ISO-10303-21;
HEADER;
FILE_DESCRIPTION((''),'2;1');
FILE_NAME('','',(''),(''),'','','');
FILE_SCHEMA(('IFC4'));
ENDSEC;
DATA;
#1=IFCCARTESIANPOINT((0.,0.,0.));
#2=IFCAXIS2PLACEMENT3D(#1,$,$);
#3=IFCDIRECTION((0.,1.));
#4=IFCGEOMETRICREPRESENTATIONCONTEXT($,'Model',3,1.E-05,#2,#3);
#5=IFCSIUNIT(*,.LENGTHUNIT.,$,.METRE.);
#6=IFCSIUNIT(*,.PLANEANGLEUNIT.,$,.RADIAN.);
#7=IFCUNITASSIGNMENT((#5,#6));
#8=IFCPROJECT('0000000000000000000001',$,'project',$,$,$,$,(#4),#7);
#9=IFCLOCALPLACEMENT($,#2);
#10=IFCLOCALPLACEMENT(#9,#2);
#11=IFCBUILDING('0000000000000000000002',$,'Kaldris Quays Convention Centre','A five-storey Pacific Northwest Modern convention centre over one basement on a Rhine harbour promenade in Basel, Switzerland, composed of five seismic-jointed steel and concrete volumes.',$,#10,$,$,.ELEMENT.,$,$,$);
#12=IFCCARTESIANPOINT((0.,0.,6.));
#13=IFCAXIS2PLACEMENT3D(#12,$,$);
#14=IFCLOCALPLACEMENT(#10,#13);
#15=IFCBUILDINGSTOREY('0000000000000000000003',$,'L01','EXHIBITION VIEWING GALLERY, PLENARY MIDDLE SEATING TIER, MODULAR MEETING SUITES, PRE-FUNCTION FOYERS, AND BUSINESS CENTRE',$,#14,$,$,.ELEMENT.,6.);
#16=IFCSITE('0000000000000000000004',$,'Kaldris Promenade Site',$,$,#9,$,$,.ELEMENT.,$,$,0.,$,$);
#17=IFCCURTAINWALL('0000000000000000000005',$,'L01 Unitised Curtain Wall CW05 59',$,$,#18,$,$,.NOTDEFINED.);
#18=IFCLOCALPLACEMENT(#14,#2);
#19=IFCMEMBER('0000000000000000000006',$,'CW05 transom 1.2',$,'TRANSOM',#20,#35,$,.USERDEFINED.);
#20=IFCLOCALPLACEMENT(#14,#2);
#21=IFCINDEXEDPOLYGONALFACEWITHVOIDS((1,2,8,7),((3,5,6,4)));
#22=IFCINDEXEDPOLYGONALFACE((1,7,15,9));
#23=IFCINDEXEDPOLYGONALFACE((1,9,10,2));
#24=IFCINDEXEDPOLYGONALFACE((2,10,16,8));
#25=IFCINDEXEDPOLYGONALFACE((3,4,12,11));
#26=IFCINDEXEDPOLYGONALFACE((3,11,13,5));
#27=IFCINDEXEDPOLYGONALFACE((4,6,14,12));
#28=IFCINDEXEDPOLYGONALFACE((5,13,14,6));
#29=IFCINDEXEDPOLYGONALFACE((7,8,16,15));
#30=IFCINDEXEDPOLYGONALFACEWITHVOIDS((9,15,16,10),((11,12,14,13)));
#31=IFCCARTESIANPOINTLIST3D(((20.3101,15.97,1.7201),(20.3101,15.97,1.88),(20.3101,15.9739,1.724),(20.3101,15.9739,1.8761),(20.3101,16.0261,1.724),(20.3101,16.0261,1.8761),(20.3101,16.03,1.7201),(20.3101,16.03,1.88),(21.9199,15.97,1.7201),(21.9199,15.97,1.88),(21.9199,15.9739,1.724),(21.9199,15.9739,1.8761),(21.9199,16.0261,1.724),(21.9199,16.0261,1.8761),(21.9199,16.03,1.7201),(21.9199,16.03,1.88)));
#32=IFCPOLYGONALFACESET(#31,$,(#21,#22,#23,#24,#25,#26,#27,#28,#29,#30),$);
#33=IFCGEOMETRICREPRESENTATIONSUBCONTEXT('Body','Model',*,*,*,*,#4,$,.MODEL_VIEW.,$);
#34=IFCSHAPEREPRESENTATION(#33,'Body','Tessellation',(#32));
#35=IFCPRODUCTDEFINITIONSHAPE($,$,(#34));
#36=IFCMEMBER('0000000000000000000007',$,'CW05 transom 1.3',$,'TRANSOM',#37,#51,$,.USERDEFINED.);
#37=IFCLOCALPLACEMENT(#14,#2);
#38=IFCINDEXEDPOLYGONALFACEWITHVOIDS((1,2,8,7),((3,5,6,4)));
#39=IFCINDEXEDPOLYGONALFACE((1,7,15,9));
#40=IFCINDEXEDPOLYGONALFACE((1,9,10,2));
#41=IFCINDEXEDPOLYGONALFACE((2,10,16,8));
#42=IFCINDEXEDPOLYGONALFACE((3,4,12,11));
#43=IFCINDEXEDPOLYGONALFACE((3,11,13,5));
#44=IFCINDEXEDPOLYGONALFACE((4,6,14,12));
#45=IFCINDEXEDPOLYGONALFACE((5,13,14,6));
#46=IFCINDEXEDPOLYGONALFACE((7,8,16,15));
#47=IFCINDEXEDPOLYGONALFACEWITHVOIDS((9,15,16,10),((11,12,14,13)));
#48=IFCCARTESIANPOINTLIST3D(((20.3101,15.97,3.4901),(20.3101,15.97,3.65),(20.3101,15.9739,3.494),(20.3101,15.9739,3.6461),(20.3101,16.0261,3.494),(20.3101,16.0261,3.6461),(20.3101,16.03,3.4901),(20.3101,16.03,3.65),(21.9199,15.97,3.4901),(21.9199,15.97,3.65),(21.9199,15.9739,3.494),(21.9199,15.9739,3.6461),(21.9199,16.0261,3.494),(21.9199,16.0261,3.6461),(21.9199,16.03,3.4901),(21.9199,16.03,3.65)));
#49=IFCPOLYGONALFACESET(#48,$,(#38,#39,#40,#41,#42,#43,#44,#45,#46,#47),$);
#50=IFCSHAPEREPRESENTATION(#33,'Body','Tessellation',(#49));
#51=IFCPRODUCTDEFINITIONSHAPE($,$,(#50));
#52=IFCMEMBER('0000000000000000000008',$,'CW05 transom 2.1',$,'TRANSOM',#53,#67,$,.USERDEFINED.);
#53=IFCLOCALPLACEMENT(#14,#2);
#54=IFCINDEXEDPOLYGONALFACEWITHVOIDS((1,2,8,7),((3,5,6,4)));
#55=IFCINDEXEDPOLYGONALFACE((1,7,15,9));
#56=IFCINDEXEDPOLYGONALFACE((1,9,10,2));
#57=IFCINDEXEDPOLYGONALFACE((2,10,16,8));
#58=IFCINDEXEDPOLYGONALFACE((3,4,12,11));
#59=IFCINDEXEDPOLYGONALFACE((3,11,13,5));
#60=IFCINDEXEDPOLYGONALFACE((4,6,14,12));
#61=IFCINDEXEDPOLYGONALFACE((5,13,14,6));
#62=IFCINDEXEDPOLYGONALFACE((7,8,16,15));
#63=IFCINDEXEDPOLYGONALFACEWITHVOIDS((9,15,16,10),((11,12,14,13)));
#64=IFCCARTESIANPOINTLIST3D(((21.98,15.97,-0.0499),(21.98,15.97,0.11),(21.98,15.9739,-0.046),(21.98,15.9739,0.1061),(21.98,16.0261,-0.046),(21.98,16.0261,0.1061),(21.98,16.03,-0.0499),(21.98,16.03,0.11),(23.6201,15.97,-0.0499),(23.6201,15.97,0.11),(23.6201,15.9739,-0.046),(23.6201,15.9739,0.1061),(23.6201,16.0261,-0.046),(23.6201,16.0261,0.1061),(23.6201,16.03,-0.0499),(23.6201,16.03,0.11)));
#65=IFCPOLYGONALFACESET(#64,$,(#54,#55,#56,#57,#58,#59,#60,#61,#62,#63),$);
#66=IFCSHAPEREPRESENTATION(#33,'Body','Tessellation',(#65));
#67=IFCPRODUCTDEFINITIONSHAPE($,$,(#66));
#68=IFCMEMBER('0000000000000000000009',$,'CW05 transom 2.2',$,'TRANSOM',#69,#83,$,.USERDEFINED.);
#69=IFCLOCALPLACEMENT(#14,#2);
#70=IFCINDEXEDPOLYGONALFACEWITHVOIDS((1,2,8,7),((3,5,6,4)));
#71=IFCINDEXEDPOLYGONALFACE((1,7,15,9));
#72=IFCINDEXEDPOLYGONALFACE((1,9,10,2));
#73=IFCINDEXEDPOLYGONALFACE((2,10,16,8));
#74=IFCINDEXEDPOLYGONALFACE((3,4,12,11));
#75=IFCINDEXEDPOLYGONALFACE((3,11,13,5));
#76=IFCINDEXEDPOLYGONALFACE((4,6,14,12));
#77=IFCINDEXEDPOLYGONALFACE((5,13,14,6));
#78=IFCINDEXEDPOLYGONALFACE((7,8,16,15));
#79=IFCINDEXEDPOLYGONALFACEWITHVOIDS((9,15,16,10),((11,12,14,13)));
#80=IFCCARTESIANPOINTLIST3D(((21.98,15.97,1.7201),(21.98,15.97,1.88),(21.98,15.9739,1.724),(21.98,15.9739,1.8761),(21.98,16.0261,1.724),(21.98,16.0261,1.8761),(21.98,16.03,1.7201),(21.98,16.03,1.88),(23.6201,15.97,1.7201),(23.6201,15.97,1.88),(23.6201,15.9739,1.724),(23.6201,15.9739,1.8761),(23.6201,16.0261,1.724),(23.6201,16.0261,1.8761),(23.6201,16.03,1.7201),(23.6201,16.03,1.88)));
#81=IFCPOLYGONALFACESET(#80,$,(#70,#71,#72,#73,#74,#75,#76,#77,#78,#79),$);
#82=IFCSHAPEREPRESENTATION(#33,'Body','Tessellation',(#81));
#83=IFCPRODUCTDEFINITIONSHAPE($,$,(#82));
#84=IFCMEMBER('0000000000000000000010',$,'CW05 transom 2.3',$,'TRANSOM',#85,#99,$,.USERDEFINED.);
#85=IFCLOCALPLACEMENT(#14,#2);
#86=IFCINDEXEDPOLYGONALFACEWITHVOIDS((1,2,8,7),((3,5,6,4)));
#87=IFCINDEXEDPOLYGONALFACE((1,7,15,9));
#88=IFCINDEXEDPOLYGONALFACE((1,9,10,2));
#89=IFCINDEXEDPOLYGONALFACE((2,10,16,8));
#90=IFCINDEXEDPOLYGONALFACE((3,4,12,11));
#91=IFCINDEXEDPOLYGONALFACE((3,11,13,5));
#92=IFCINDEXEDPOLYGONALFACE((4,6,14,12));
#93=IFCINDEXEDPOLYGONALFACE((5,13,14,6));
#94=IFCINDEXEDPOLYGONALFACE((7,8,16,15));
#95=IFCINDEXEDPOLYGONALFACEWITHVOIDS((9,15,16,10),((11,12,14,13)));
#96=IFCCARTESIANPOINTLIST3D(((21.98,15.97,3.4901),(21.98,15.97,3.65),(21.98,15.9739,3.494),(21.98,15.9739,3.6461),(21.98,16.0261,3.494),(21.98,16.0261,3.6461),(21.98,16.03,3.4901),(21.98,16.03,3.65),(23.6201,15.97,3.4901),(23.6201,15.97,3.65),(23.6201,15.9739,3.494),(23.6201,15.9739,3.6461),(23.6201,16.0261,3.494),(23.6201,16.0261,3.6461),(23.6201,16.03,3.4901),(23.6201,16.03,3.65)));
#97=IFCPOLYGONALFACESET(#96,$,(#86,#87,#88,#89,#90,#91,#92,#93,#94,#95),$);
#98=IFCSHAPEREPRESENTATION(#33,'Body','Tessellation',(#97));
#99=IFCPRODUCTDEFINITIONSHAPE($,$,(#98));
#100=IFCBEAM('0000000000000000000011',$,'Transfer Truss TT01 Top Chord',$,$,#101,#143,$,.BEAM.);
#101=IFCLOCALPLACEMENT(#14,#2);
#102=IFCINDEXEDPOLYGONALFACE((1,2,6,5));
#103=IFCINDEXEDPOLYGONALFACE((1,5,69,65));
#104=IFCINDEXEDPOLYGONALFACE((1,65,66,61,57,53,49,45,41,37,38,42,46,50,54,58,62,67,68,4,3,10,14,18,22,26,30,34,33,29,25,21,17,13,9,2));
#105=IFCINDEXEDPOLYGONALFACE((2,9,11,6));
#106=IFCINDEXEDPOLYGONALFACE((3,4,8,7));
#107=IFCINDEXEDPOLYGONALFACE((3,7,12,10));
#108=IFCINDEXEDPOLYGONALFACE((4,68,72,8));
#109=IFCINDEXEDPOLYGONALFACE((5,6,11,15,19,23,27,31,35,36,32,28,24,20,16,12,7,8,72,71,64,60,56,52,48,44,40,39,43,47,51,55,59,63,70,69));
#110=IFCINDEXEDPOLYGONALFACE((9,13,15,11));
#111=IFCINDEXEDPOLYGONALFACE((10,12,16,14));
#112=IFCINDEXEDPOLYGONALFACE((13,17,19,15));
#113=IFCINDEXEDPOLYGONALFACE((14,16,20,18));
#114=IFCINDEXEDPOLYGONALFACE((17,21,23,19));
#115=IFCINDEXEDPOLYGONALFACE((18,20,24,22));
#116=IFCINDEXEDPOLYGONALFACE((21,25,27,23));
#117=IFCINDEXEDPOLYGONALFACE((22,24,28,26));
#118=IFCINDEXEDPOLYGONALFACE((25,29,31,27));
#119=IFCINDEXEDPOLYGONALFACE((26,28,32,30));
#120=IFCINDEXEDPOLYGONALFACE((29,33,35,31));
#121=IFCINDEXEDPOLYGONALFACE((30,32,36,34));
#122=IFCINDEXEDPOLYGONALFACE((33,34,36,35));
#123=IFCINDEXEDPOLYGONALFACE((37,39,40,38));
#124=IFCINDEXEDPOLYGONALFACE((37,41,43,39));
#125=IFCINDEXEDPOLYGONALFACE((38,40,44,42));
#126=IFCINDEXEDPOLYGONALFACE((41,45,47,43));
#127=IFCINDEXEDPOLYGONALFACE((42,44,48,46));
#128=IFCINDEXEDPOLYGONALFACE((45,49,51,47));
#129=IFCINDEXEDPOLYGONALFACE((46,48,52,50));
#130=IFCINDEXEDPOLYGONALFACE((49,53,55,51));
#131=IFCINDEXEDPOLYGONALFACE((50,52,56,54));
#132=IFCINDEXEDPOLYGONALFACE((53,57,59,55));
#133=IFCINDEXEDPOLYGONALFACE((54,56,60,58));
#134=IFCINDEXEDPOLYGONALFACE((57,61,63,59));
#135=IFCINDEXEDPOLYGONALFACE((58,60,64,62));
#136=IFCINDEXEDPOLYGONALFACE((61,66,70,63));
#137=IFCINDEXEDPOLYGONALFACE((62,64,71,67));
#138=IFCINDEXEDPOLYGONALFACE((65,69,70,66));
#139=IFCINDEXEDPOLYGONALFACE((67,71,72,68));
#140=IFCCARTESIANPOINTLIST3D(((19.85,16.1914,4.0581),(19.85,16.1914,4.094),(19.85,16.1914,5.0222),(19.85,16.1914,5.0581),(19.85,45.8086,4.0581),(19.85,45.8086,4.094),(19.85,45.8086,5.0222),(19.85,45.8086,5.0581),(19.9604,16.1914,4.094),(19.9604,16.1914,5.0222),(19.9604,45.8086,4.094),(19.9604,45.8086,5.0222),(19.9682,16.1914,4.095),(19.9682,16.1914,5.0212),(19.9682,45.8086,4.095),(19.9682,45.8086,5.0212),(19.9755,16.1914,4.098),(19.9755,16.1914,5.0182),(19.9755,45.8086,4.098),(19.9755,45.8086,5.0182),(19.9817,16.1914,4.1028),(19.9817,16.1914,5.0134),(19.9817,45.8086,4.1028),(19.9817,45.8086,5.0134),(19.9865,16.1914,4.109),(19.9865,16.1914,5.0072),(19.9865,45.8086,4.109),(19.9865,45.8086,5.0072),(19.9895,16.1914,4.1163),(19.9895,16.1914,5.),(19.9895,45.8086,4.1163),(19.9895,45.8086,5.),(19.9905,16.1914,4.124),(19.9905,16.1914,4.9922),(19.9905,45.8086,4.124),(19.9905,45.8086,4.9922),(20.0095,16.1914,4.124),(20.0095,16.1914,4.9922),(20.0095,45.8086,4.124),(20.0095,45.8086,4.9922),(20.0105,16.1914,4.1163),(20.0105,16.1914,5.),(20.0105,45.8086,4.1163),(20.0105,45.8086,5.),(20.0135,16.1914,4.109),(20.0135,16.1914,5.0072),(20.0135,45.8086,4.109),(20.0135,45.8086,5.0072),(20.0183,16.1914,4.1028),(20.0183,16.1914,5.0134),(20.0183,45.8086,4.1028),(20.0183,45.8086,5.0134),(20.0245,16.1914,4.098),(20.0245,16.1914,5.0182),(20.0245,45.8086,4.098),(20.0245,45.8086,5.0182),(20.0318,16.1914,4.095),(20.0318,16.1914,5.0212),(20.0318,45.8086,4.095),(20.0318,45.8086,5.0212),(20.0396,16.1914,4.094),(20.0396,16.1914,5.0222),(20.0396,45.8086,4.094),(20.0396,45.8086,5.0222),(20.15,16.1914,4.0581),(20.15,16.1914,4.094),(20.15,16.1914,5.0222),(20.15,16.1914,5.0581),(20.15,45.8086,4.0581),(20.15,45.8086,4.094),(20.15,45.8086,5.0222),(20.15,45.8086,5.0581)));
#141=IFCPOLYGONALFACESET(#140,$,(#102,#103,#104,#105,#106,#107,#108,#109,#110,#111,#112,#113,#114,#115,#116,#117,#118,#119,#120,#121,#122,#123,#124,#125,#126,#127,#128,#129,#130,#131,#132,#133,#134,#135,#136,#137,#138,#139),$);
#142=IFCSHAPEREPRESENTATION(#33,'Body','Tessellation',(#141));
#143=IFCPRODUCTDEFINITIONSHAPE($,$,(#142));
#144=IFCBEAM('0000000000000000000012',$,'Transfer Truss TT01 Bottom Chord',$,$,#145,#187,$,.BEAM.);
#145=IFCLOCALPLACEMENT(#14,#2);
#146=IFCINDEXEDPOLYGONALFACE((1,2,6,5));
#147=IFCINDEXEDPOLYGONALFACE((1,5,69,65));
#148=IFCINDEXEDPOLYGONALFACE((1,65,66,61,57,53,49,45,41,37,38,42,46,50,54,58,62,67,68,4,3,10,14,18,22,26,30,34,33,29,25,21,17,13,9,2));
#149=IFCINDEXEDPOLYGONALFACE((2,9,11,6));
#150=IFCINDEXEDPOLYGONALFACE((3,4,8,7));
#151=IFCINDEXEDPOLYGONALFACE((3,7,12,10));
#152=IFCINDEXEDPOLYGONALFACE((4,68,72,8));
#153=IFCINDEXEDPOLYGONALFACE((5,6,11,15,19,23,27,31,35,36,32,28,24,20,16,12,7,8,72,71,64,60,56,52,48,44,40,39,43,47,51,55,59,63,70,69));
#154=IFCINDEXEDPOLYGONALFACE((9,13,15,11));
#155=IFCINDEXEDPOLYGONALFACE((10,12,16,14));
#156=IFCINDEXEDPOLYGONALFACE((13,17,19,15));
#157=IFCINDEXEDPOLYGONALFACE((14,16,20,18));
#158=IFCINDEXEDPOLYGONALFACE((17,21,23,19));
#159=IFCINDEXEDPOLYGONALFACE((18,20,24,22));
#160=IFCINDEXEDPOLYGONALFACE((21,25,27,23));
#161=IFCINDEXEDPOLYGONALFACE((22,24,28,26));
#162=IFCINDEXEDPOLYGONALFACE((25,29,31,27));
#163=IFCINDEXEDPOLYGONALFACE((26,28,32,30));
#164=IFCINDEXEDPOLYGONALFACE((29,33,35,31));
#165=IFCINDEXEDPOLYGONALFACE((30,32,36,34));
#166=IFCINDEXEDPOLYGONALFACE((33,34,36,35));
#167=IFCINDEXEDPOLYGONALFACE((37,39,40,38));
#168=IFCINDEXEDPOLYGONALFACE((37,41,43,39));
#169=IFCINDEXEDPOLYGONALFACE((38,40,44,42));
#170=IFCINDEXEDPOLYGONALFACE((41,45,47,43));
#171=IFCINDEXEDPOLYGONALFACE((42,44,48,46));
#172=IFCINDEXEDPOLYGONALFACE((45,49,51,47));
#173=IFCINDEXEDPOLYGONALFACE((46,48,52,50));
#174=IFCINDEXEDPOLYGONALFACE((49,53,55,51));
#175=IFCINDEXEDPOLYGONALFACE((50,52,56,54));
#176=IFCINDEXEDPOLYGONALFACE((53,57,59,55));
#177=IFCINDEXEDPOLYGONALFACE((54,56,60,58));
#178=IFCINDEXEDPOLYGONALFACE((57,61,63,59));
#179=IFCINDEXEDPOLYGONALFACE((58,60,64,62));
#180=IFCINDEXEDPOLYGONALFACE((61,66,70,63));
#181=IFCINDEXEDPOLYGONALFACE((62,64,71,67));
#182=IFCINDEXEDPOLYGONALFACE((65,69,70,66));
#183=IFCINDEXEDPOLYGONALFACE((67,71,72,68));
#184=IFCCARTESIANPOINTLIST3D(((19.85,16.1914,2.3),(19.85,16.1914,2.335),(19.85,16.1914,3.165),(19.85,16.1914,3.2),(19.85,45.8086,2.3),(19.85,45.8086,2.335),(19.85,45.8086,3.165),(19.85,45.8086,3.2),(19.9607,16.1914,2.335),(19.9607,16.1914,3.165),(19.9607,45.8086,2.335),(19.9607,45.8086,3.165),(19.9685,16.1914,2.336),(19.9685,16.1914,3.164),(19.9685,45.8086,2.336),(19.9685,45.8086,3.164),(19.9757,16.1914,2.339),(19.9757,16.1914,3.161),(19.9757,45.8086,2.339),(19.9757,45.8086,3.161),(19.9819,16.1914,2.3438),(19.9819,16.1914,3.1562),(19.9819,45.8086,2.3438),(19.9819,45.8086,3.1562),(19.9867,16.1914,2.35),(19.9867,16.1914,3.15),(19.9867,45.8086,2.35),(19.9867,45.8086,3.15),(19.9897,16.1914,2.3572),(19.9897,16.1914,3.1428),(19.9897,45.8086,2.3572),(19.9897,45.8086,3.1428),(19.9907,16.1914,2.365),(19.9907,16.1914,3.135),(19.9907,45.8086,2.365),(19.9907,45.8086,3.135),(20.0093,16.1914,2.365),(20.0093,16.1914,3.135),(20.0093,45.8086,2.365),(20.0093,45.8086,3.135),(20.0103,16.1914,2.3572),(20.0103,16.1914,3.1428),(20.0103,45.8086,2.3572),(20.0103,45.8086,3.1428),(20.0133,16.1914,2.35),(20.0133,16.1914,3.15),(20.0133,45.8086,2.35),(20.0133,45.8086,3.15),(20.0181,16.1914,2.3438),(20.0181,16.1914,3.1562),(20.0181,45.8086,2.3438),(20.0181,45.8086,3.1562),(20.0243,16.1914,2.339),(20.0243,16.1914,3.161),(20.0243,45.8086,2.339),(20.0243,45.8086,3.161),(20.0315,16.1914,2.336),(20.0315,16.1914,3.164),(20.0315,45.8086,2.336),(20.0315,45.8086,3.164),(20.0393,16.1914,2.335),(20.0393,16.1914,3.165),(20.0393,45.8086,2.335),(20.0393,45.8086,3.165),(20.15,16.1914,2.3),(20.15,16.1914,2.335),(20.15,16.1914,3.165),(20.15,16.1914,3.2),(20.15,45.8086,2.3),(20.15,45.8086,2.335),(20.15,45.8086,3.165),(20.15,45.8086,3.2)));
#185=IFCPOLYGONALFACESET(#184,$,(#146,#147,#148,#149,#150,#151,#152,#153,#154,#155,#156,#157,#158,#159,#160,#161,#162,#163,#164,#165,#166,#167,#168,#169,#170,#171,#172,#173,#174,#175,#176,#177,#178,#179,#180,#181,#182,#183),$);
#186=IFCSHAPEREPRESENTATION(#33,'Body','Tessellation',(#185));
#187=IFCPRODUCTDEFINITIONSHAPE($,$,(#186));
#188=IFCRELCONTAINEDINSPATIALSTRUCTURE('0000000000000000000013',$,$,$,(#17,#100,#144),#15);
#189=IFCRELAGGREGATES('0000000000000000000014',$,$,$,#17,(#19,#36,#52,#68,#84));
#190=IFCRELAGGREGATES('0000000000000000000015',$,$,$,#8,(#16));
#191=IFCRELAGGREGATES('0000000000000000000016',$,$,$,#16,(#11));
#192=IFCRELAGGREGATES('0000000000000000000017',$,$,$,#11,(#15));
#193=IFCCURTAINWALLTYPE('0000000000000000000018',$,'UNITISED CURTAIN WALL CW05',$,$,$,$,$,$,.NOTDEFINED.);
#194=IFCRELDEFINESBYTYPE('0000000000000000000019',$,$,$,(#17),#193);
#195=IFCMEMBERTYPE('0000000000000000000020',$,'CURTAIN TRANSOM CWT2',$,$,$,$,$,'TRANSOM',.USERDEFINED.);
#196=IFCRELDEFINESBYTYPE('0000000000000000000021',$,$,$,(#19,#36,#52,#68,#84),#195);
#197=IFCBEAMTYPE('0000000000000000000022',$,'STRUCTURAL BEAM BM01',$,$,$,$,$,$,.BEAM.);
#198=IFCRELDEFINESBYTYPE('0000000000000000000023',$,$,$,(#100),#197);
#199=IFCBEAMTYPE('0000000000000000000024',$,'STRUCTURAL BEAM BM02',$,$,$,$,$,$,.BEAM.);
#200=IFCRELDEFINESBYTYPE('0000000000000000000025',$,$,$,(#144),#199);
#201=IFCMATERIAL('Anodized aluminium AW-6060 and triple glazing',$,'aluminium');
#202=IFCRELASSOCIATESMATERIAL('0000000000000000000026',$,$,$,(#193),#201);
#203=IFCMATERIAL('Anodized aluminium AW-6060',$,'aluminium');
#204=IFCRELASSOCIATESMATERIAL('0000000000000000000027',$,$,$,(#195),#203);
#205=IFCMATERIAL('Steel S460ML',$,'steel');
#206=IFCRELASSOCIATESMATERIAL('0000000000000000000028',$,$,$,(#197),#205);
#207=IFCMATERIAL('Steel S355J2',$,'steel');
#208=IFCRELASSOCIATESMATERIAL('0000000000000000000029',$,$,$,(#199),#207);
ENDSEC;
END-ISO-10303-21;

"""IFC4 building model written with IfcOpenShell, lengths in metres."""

from ifc_helpers import new_model, si_unit, direction, frame, origin, origin_2d, place, context, subcontext, project, spatial, hollow_rectangle, i_section, extrude, material, material_profile, profile_set, type_object, element, aggregate, save


model = new_model("IFC4")

# Units and contexts
model_context = context("Model", 3, precision=1e-05, world=origin(), true_north=direction((0.0, 1.0)))
body_context = subcontext(model_context, "Body", "Model", "MODEL_VIEW")
ifc_project = project(units=[si_unit("LENGTHUNIT", "METRE"), si_unit("PLANEANGLEUNIT", "RADIAN")], contexts=[model_context])

# Site, building, storey
site_placement = place(None, origin())
site = spatial("IfcSite", under=ifc_project, at=site_placement, Name="Kaldris Promenade Site", CompositionType="ELEMENT", RefElevation=0.0)
building_placement = place(site_placement, origin())
building = spatial("IfcBuilding", under=site, at=building_placement, Name="Kaldris Quays Convention Centre", Description="A five-storey Pacific Northwest Modern convention centre over one basement on a Rhine harbour promenade in Basel, Switzerland, composed of five seismic-jointed steel and concrete volumes.", CompositionType="ELEMENT")
storey_placement = place(building_placement, frame((0.0, 0.0, 6.0)))
storey = spatial("IfcBuildingStorey", under=building, at=storey_placement, Name="L01", Description="EXHIBITION VIEWING GALLERY, PLENARY MIDDLE SEATING TIER, MODULAR MEETING SUITES, PRE-FUNCTION FOYERS, AND BUSINESS CENTRE", CompositionType="ELEMENT", Elevation=6.0)

# Shared definitions
ifc_material_1 = material(Name="Steel S460ML", Category="steel")

# Curtain wall
ifc_material_2 = material(Name="Anodized aluminium AW-6060 and triple glazing", Category="aluminium")
curtain_wall_type = type_object("IfcCurtainWallType", Name="UNITISED CURTAIN WALL CW05", PredefinedType="NOTDEFINED", material=ifc_material_2)
curtain_wall_1_placement = place(storey_placement, origin())
curtain_wall_1 = element("IfcCurtainWall", 1, at=curtain_wall_1_placement, inside=storey, type_object=curtain_wall_type, Name="L01 Unitised Curtain Wall CW05 59", PredefinedType="NOTDEFINED")
ifc_material_3 = material(Name="Anodized aluminium AW-6060", Category="aluminium")

# Members
ifc_material_profile_1 = material_profile(ifc_material_3, hollow_rectangle(XDim=0.0601, YDim=0.1599, WallThickness=0.0039, at=origin_2d()), Name="RHS 160x60x4")
ifc_profile_set_1 = profile_set([ifc_material_profile_1], Name="Anodized aluminium AW-6060")
member_type_1 = type_object("IfcMemberType", Name="CURTAIN TRANSOM CWT2", ElementType="TRANSOM", PredefinedType="USERDEFINED", material=ifc_profile_set_1)
member_1_placement = place(storey_placement, frame((20.3101, 16.0, 1.8), z_axis=(1.0, 0.0, 0.0), x_axis=(0.0, 1.0, 0.0)))
member_1 = element("IfcMember", 2, at=member_1_placement, type_object=member_type_1, Name="CW05 transom 1.2", ObjectType="TRANSOM", PredefinedType="USERDEFINED", context=body_context, shape_type="SweptSolid", body=[
    extrude(hollow_rectangle(XDim=0.0601, YDim=0.1599, WallThickness=0.0039, at=origin_2d()), origin(), (0.0, 0.0, 1.0), 1.6099),
])
member_2_placement = place(storey_placement, frame((20.3101, 16.0, 3.5701), z_axis=(1.0, 0.0, 0.0), x_axis=(0.0, 1.0, 0.0)))
member_2 = element("IfcMember", 3, at=member_2_placement, type_object=member_type_1, Name="CW05 transom 1.3", ObjectType="TRANSOM", PredefinedType="USERDEFINED", context=body_context, shape_type="SweptSolid", body=[
    extrude(hollow_rectangle(XDim=0.0601, YDim=0.1599, WallThickness=0.0039, at=origin_2d()), origin(), (0.0, 0.0, 1.0), 1.6099),
])
member_3_placement = place(storey_placement, frame((21.98, 16.0, 0.03), z_axis=(1.0, 0.0, 0.0), x_axis=(0.0, 1.0, 0.0)))
member_3 = element("IfcMember", 4, at=member_3_placement, type_object=member_type_1, Name="CW05 transom 2.1", ObjectType="TRANSOM", PredefinedType="USERDEFINED", context=body_context, shape_type="SweptSolid", body=[
    extrude(hollow_rectangle(XDim=0.0601, YDim=0.1599, WallThickness=0.0039, at=origin_2d()), origin(), (0.0, 0.0, 1.0), 1.6401),
])
member_4_placement = place(storey_placement, frame((21.98, 16.0, 1.8), z_axis=(1.0, 0.0, 0.0), x_axis=(0.0, 1.0, 0.0)))
member_4 = element("IfcMember", 5, at=member_4_placement, type_object=member_type_1, Name="CW05 transom 2.2", ObjectType="TRANSOM", PredefinedType="USERDEFINED", context=body_context, shape_type="SweptSolid", body=[
    extrude(hollow_rectangle(XDim=0.0601, YDim=0.1599, WallThickness=0.0039, at=origin_2d()), origin(), (0.0, 0.0, 1.0), 1.6401),
])
member_5_placement = place(storey_placement, frame((21.98, 16.0, 3.5701), z_axis=(1.0, 0.0, 0.0), x_axis=(0.0, 1.0, 0.0)))
member_5 = element("IfcMember", 6, at=member_5_placement, type_object=member_type_1, Name="CW05 transom 2.3", ObjectType="TRANSOM", PredefinedType="USERDEFINED", context=body_context, shape_type="SweptSolid", body=[
    extrude(hollow_rectangle(XDim=0.0601, YDim=0.1599, WallThickness=0.0039, at=origin_2d()), origin(), (0.0, 0.0, 1.0), 1.6401),
])

# Beams
ifc_material_profile_2 = material_profile(ifc_material_1, i_section(OverallWidth=0.3, OverallDepth=1.0, WebThickness=0.019, FlangeThickness=0.0359, FilletRadius=0.03, at=origin_2d()), Name="HEB 1000")
ifc_profile_set_2 = profile_set([ifc_material_profile_2], Name="Steel S460ML")
beam_type_1 = type_object("IfcBeamType", Name="STRUCTURAL BEAM BM01", PredefinedType="BEAM", material=ifc_profile_set_2)
beam_1_placement = place(storey_placement, frame((20.0, 16.1914, 4.5581), z_axis=(0.0, 1.0, 0.0), x_axis=(-1.0, 0.0, 0.0)))
element("IfcBeam", 7, at=beam_1_placement, inside=storey, type_object=beam_type_1, Name="Transfer Truss TT01 Top Chord", PredefinedType="BEAM", context=body_context, shape_type="SweptSolid", body=[
    extrude(i_section(OverallWidth=0.3, OverallDepth=1.0, WebThickness=0.019, FlangeThickness=0.0359, FilletRadius=0.03, at=origin_2d()), origin(), (0.0, 0.0, 1.0), 29.6172),
])
ifc_material_4 = material(Name="Steel S355J2", Category="steel")
ifc_material_profile_3 = material_profile(ifc_material_4, i_section(OverallWidth=0.3, OverallDepth=0.8999, WebThickness=0.0186, FlangeThickness=0.0349, FilletRadius=0.03, at=origin_2d()), Name="HEB 900")
ifc_profile_set_3 = profile_set([ifc_material_profile_3], Name="Steel S355J2")
beam_type_2 = type_object("IfcBeamType", Name="STRUCTURAL BEAM BM02", PredefinedType="BEAM", material=ifc_profile_set_3)
beam_2_placement = place(storey_placement, frame((20.0, 16.1914, 2.75), z_axis=(0.0, 1.0, 0.0), x_axis=(-1.0, 0.0, 0.0)))
element("IfcBeam", 8, at=beam_2_placement, inside=storey, type_object=beam_type_2, Name="Transfer Truss TT01 Bottom Chord", PredefinedType="BEAM", context=body_context, shape_type="SweptSolid", body=[
    extrude(i_section(OverallWidth=0.3, OverallDepth=0.8999, WebThickness=0.0186, FlangeThickness=0.0349, FilletRadius=0.03, at=origin_2d()), origin(), (0.0, 0.0, 1.0), 29.6172),
])

aggregate(curtain_wall_1, [member_1, member_2, member_3, member_4, member_5])

save(model, "model.ifc")
